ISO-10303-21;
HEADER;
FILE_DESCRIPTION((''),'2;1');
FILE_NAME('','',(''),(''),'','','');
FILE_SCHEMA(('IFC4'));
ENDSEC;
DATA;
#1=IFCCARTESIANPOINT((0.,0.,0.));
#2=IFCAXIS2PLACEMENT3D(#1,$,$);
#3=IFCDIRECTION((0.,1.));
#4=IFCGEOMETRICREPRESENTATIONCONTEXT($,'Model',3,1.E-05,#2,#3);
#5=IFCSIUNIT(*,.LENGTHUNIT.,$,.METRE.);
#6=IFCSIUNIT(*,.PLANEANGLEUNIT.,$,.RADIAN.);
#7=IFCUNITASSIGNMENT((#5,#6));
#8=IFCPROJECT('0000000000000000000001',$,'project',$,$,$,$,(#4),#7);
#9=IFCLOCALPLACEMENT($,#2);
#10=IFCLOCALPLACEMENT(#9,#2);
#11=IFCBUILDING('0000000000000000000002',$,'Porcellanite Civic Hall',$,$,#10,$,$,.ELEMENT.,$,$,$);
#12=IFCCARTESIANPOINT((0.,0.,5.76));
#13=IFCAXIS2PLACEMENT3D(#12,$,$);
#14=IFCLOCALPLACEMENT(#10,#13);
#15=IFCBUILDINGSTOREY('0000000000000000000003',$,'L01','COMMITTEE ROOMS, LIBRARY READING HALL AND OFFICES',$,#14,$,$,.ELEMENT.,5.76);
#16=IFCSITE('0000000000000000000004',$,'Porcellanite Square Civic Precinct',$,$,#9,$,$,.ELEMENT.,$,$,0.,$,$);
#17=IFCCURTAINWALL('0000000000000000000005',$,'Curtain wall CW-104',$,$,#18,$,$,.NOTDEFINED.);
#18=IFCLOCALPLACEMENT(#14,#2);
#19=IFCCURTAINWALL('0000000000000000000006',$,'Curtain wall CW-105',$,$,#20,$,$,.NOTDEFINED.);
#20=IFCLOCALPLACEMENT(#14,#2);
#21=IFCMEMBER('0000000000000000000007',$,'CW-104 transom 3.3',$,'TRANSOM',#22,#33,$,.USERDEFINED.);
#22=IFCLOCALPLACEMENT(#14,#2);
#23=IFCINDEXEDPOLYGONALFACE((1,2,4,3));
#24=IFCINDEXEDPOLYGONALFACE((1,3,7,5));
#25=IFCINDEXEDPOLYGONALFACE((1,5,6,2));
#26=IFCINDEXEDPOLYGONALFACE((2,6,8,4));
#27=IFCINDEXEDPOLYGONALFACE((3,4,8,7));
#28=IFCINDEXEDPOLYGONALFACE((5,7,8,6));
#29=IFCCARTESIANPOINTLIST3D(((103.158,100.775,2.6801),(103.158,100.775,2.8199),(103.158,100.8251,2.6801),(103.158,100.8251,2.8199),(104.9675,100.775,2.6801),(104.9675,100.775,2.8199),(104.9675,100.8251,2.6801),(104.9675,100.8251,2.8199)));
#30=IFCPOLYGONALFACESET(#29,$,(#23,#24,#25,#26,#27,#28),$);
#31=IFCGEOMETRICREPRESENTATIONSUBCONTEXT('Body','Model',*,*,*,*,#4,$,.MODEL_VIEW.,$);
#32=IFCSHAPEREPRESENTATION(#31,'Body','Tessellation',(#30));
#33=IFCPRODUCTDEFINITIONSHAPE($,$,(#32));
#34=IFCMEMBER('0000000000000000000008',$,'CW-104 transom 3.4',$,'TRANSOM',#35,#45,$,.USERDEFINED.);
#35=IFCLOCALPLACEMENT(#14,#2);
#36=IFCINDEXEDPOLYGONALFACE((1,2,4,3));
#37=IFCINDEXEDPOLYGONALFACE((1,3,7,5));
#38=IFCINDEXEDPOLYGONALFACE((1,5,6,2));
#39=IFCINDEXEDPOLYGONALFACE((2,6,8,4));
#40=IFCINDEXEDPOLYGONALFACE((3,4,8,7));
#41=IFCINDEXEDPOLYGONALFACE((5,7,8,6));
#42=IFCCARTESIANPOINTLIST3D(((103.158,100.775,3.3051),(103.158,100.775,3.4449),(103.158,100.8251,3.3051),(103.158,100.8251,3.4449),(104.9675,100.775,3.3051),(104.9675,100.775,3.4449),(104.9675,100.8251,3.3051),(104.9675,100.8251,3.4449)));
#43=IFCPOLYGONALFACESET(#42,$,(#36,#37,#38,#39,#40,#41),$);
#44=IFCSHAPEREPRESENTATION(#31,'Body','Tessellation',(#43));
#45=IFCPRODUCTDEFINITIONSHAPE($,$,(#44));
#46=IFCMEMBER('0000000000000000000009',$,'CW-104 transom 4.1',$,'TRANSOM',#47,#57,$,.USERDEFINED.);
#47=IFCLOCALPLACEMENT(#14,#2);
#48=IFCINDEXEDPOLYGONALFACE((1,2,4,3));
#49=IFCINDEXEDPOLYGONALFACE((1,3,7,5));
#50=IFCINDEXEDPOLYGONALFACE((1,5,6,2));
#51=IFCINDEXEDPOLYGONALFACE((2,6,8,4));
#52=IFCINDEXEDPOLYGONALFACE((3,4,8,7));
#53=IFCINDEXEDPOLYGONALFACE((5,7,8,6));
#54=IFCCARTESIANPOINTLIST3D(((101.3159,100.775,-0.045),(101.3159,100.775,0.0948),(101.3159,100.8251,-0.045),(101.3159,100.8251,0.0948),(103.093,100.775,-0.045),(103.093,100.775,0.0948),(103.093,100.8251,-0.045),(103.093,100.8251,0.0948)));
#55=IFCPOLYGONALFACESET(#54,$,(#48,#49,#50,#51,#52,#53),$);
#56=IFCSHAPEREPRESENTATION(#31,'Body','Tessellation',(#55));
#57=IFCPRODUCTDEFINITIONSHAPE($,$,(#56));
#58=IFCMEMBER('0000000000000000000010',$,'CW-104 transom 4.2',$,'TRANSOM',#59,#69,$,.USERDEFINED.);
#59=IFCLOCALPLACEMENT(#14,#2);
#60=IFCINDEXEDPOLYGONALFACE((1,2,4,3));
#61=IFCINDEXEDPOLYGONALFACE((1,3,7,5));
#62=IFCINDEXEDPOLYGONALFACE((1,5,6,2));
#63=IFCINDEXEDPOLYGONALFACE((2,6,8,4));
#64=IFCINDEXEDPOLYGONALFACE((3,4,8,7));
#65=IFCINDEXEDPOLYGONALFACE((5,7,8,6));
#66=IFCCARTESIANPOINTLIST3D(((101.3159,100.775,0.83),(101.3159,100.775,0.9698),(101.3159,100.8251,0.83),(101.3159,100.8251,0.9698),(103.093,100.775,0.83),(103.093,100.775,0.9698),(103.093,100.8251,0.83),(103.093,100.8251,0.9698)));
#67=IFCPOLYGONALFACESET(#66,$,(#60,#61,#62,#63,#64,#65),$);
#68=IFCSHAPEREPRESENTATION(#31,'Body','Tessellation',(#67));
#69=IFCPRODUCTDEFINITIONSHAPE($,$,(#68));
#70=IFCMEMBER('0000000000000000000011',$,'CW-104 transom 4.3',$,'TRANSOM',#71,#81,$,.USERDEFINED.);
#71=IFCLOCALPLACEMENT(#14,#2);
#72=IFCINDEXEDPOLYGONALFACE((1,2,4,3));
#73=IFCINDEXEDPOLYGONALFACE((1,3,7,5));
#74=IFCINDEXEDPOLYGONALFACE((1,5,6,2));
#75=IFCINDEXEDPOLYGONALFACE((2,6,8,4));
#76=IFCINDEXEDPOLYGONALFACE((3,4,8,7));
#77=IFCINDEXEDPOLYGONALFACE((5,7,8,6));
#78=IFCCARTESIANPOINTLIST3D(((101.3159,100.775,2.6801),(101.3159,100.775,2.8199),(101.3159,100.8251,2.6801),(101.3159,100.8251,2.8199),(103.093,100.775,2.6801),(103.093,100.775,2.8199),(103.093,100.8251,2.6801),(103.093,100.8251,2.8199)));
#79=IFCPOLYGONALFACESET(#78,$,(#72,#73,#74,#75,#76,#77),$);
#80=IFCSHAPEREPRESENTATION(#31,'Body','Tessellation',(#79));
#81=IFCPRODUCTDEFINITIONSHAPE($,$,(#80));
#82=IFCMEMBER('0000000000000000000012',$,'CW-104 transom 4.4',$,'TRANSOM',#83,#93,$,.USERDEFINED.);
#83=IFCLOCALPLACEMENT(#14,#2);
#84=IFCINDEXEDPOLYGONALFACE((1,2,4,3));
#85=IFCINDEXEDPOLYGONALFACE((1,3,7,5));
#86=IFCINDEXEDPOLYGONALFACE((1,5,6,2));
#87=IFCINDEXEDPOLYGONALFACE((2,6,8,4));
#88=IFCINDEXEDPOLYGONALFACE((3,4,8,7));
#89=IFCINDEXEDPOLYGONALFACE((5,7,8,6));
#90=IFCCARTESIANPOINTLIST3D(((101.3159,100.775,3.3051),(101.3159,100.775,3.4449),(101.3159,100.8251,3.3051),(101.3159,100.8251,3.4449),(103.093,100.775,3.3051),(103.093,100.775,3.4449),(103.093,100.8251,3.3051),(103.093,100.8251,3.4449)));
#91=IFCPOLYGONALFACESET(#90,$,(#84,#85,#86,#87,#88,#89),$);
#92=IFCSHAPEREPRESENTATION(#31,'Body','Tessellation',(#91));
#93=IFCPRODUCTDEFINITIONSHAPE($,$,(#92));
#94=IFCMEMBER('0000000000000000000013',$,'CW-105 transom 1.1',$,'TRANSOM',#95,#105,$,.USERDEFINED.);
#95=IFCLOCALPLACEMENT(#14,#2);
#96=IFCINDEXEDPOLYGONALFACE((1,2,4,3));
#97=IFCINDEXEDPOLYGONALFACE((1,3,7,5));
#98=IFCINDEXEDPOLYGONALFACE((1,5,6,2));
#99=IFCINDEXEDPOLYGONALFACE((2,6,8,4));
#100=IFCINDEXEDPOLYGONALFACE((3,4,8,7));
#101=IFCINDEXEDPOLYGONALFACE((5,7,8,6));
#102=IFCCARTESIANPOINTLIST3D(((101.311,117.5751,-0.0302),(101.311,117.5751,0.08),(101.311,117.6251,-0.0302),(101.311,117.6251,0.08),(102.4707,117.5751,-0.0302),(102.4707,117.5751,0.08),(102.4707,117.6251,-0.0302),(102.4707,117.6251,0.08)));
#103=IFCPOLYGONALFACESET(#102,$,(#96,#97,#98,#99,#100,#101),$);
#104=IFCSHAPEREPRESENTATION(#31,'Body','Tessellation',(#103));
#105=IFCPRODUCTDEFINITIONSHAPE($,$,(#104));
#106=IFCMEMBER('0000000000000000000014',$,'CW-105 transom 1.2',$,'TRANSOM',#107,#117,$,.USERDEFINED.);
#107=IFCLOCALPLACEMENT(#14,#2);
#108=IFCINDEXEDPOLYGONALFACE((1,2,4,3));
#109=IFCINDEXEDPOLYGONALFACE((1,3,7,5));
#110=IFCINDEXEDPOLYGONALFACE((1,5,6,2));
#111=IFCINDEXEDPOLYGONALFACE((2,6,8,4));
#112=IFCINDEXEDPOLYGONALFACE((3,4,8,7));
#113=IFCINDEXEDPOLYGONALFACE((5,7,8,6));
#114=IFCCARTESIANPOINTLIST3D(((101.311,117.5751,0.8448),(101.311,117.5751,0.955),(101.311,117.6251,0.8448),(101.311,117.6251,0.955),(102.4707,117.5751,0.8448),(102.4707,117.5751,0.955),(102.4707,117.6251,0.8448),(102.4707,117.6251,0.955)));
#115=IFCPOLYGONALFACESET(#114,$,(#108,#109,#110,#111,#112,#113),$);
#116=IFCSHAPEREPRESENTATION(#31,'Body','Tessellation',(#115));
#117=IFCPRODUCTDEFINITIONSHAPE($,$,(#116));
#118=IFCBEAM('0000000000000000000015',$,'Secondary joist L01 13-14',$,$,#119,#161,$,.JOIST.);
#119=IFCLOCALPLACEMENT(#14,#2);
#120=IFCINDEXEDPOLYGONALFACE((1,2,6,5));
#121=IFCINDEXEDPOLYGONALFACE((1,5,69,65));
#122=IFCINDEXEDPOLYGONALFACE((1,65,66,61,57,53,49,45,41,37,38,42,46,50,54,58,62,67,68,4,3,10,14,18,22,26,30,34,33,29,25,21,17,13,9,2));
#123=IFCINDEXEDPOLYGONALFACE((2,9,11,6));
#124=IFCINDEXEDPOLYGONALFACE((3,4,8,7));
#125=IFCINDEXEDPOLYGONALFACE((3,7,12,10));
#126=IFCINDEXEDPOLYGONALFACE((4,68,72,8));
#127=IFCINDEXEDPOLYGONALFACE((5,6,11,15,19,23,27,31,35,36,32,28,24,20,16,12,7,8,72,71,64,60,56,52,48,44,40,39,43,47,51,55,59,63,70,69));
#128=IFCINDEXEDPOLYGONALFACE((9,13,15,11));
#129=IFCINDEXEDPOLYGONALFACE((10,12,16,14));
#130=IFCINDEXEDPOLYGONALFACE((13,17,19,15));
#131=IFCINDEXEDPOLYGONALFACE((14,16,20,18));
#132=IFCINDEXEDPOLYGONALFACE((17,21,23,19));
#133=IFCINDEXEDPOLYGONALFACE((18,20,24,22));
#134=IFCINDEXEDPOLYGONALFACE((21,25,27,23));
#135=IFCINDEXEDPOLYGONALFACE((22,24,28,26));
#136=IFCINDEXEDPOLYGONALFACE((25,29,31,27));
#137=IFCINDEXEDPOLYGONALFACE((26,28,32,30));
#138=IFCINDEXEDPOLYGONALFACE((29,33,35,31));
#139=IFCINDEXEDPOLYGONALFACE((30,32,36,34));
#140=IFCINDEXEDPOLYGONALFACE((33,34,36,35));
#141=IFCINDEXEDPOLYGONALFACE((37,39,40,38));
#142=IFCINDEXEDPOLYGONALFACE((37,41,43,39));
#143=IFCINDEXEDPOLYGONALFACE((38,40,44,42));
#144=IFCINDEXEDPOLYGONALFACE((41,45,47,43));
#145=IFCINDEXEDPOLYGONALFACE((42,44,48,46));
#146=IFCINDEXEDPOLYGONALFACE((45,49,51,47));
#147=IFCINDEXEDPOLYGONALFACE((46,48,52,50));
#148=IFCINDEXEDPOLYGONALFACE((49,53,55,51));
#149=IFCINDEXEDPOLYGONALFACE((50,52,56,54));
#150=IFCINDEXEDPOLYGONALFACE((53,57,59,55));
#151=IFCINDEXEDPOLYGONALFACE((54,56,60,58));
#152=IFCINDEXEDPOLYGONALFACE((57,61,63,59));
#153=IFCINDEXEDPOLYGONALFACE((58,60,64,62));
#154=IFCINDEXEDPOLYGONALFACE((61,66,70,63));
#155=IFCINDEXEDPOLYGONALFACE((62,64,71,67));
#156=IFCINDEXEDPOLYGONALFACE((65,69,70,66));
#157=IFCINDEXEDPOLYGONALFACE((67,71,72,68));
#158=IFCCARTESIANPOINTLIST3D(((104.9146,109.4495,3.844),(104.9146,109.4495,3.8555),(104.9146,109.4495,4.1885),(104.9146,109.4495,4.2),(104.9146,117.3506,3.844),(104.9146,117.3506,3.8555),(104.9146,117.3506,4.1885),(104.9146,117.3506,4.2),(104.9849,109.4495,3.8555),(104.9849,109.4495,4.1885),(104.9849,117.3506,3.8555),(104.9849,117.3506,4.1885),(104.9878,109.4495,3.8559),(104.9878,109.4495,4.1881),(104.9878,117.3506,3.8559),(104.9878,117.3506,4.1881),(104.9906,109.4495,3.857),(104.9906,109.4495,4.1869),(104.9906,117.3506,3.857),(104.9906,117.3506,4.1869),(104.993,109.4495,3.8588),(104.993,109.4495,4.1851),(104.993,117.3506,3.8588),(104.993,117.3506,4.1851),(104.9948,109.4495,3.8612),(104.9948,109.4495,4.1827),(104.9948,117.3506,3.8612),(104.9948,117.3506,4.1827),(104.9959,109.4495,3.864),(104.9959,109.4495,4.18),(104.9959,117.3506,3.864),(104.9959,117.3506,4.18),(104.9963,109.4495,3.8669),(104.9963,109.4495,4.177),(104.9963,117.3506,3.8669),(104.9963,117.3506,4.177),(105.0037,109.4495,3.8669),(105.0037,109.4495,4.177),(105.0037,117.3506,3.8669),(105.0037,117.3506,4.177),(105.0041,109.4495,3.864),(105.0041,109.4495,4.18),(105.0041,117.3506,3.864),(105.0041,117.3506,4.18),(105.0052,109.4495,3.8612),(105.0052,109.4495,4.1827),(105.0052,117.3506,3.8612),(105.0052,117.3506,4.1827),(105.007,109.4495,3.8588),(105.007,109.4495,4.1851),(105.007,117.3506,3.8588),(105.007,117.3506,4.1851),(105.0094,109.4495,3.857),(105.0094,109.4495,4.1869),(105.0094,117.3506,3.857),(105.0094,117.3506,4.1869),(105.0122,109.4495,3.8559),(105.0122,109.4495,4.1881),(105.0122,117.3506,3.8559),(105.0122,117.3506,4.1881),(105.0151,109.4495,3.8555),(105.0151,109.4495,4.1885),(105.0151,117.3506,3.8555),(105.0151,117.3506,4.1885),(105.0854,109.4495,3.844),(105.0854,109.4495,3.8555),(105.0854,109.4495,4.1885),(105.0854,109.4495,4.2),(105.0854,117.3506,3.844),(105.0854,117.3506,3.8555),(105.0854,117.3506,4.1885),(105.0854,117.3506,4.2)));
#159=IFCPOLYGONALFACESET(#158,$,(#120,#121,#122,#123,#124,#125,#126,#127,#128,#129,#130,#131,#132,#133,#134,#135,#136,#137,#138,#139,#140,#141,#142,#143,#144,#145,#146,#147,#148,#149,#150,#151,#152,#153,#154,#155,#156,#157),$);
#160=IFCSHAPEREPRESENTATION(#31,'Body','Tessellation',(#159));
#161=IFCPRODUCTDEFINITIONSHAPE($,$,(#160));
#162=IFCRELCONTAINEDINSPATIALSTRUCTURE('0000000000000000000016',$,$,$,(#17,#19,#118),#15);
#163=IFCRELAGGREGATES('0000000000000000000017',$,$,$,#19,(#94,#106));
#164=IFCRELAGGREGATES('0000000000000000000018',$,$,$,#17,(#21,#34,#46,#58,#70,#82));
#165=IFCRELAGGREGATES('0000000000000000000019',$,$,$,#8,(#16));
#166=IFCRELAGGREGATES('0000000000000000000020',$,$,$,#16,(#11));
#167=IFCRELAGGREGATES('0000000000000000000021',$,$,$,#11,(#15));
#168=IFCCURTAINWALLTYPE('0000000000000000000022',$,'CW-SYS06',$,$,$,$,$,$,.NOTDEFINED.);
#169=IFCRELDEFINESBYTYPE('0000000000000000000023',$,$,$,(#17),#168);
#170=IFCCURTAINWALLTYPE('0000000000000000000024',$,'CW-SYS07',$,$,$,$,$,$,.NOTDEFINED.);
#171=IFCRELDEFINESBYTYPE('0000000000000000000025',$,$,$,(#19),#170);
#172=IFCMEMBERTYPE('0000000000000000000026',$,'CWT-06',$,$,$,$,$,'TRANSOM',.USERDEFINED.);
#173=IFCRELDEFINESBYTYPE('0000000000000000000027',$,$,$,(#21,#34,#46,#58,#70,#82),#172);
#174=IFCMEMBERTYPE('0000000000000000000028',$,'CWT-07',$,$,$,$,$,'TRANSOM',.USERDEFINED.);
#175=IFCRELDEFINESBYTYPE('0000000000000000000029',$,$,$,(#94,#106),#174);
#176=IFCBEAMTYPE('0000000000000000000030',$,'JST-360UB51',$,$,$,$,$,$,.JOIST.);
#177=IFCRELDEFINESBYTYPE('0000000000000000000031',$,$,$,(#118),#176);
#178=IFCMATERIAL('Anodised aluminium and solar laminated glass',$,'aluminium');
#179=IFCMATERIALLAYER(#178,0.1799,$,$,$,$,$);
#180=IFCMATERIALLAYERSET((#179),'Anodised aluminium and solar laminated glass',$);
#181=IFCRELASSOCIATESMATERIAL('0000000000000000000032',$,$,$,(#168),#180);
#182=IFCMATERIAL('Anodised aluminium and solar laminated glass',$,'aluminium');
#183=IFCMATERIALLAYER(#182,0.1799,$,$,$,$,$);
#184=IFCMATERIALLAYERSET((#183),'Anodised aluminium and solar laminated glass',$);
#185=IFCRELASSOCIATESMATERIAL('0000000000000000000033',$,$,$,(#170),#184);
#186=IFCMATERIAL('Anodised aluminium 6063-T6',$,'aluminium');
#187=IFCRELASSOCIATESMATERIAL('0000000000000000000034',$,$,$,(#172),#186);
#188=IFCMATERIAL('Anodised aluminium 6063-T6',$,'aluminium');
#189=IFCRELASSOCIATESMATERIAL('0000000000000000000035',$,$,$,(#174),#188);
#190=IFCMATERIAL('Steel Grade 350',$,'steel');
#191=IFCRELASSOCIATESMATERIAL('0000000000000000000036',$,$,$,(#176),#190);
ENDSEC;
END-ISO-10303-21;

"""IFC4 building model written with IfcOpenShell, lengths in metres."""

from ifc_helpers import new_model, si_unit, direction, frame, origin, origin_2d, place, context, subcontext, project, spatial, rectangle, i_section, extrude, material, layer, layer_set, material_profile, profile_set, type_object, element, aggregate, save


model = new_model("IFC4")

# Units and contexts
model_context = context("Model", 3, precision=1e-05, world=origin(), true_north=direction((0.0, 1.0)))
body_context = subcontext(model_context, "Body", "Model", "MODEL_VIEW")
ifc_project = project(units=[si_unit("LENGTHUNIT", "METRE"), si_unit("PLANEANGLEUNIT", "RADIAN")], contexts=[model_context])

# Site, building, storey
site_placement = place(None, origin())
site = spatial("IfcSite", under=ifc_project, at=site_placement, Name="Porcellanite Square Civic Precinct", CompositionType="ELEMENT", RefElevation=0.0)
building_placement = place(site_placement, origin())
building = spatial("IfcBuilding", under=site, at=building_placement, Name="Porcellanite Civic Hall", CompositionType="ELEMENT")
storey_placement = place(building_placement, frame((0.0, 0.0, 5.76)))
storey = spatial("IfcBuildingStorey", under=building, at=storey_placement, Name="L01", Description="COMMITTEE ROOMS, LIBRARY READING HALL AND OFFICES", CompositionType="ELEMENT", Elevation=5.76)

# Curtain wall
ifc_material_1 = material(Name="Anodised aluminium and solar laminated glass", Category="aluminium")
ifc_layer_1 = layer(ifc_material_1, 0.1799)
ifc_layer_set_1 = layer_set([ifc_layer_1], Name="Anodised aluminium and solar laminated glass")
curtain_wall_type_1 = type_object("IfcCurtainWallType", Name="CW-SYS06", PredefinedType="NOTDEFINED", material=ifc_layer_set_1)
curtain_wall_1_placement = place(storey_placement, origin())
curtain_wall_1 = element("IfcCurtainWall", 1, at=curtain_wall_1_placement, inside=storey, type_object=curtain_wall_type_1, Name="Curtain wall CW-104", PredefinedType="NOTDEFINED")

# Curtain wall
ifc_material_2 = material(Name="Anodised aluminium and solar laminated glass", Category="aluminium")
ifc_layer_2 = layer(ifc_material_2, 0.1799)
ifc_layer_set_2 = layer_set([ifc_layer_2], Name="Anodised aluminium and solar laminated glass")
curtain_wall_type_2 = type_object("IfcCurtainWallType", Name="CW-SYS07", PredefinedType="NOTDEFINED", material=ifc_layer_set_2)
curtain_wall_2_placement = place(storey_placement, origin())
curtain_wall_2 = element("IfcCurtainWall", 2, at=curtain_wall_2_placement, inside=storey, type_object=curtain_wall_type_2, Name="Curtain wall CW-105", PredefinedType="NOTDEFINED")

# Members
ifc_material_3 = material(Name="Anodised aluminium 6063-T6", Category="aluminium")
ifc_material_profile_1 = material_profile(ifc_material_3, rectangle(XDim=0.05, YDim=0.1399, at=origin_2d()), Name="AL-50x140")
ifc_profile_set_1 = profile_set([ifc_material_profile_1], Name="Anodised aluminium 6063-T6")
member_type_1 = type_object("IfcMemberType", Name="CWT-06", ElementType="TRANSOM", PredefinedType="USERDEFINED", material=ifc_profile_set_1)
member_1_placement = place(storey_placement, frame((104.9675, 100.8, 2.75), z_axis=(-1.0, 0.0, 0.0), x_axis=(0.0, -1.0, 0.0)))
member_1 = element("IfcMember", 3, at=member_1_placement, type_object=member_type_1, Name="CW-104 transom 3.3", ObjectType="TRANSOM", PredefinedType="USERDEFINED", context=body_context, shape_type="SweptSolid", body=[
    extrude(rectangle(XDim=0.05, YDim=0.1399, at=origin_2d()), origin(), (0.0, 0.0, 1.0), 1.8096),
])
member_2_placement = place(storey_placement, frame((104.9675, 100.8, 3.375), z_axis=(-1.0, 0.0, 0.0), x_axis=(0.0, -1.0, 0.0)))
member_2 = element("IfcMember", 4, at=member_2_placement, type_object=member_type_1, Name="CW-104 transom 3.4", ObjectType="TRANSOM", PredefinedType="USERDEFINED", context=body_context, shape_type="SweptSolid", body=[
    extrude(rectangle(XDim=0.05, YDim=0.1399, at=origin_2d()), origin(), (0.0, 0.0, 1.0), 1.8096),
])
member_3_placement = place(storey_placement, frame((103.093, 100.8, 0.0249), z_axis=(-1.0, 0.0, 0.0), x_axis=(0.0, -1.0, 0.0)))
member_3 = element("IfcMember", 5, at=member_3_placement, type_object=member_type_1, Name="CW-104 transom 4.1", ObjectType="TRANSOM", PredefinedType="USERDEFINED", context=body_context, shape_type="SweptSolid", body=[
    extrude(rectangle(XDim=0.05, YDim=0.1399, at=origin_2d()), origin(), (0.0, 0.0, 1.0), 1.7771),
])
member_4_placement = place(storey_placement, frame((103.093, 100.8, 0.8999), z_axis=(-1.0, 0.0, 0.0), x_axis=(0.0, -1.0, 0.0)))
member_4 = element("IfcMember", 6, at=member_4_placement, type_object=member_type_1, Name="CW-104 transom 4.2", ObjectType="TRANSOM", PredefinedType="USERDEFINED", context=body_context, shape_type="SweptSolid", body=[
    extrude(rectangle(XDim=0.05, YDim=0.1399, at=origin_2d()), origin(), (0.0, 0.0, 1.0), 1.7771),
])
member_5_placement = place(storey_placement, frame((103.093, 100.8, 2.75), z_axis=(-1.0, 0.0, 0.0), x_axis=(0.0, -1.0, 0.0)))
member_5 = element("IfcMember", 7, at=member_5_placement, type_object=member_type_1, Name="CW-104 transom 4.3", ObjectType="TRANSOM", PredefinedType="USERDEFINED", context=body_context, shape_type="SweptSolid", body=[
    extrude(rectangle(XDim=0.05, YDim=0.1399, at=origin_2d()), origin(), (0.0, 0.0, 1.0), 1.7771),
])
member_6_placement = place(storey_placement, frame((103.093, 100.8, 3.375), z_axis=(-1.0, 0.0, 0.0), x_axis=(0.0, -1.0, 0.0)))
member_6 = element("IfcMember", 8, at=member_6_placement, type_object=member_type_1, Name="CW-104 transom 4.4", ObjectType="TRANSOM", PredefinedType="USERDEFINED", context=body_context, shape_type="SweptSolid", body=[
    extrude(rectangle(XDim=0.05, YDim=0.1399, at=origin_2d()), origin(), (0.0, 0.0, 1.0), 1.7771),
])
ifc_material_4 = material(Name="Anodised aluminium 6063-T6", Category="aluminium")
ifc_material_profile_2 = material_profile(ifc_material_4, rectangle(XDim=0.05, YDim=0.1101, at=origin_2d()), Name="AL-50x110")
ifc_profile_set_2 = profile_set([ifc_material_profile_2], Name="Anodised aluminium 6063-T6")
member_type_2 = type_object("IfcMemberType", Name="CWT-07", ElementType="TRANSOM", PredefinedType="USERDEFINED", material=ifc_profile_set_2)
member_7_placement = place(storey_placement, frame((101.311, 117.6001, 0.0249), z_axis=(1.0, 0.0, 0.0), x_axis=(0.0, 1.0, 0.0)))
member_7 = element("IfcMember", 9, at=member_7_placement, type_object=member_type_2, Name="CW-105 transom 1.1", ObjectType="TRANSOM", PredefinedType="USERDEFINED", context=body_context, shape_type="SweptSolid", body=[
    extrude(rectangle(XDim=0.05, YDim=0.1101, at=origin_2d()), origin(), (0.0, 0.0, 1.0), 1.1597),
])
member_8_placement = place(storey_placement, frame((101.311, 117.6001, 0.8999), z_axis=(1.0, 0.0, 0.0), x_axis=(0.0, 1.0, 0.0)))
member_8 = element("IfcMember", 10, at=member_8_placement, type_object=member_type_2, Name="CW-105 transom 1.2", ObjectType="TRANSOM", PredefinedType="USERDEFINED", context=body_context, shape_type="SweptSolid", body=[
    extrude(rectangle(XDim=0.05, YDim=0.1101, at=origin_2d()), origin(), (0.0, 0.0, 1.0), 1.1597),
])
aggregate(curtain_wall_2, [member_7, member_8])

# Beam
ifc_material_5 = material(Name="Steel Grade 350", Category="steel")
ifc_material_profile_3 = material_profile(ifc_material_5, i_section(OverallWidth=0.1709, OverallDepth=0.356, WebThickness=0.0073, FlangeThickness=0.0115, FilletRadius=0.0115, at=origin_2d()), Name="360UB50.7")
ifc_profile_set_3 = profile_set([ifc_material_profile_3], Name="Steel Grade 350")
beam_type_1 = type_object("IfcBeamType", Name="JST-360UB51", PredefinedType="JOIST", material=ifc_profile_set_3)
beam_1_placement = place(storey_placement, frame((105.0, 109.4495, 4.022), z_axis=(0.0, 1.0, 0.0), x_axis=(-1.0, 0.0, 0.0)))
element("IfcBeam", 11, at=beam_1_placement, inside=storey, type_object=beam_type_1, Name="Secondary joist L01 13-14", PredefinedType="JOIST", context=body_context, shape_type="SweptSolid", body=[
    extrude(i_section(OverallWidth=0.1709, OverallDepth=0.356, WebThickness=0.0073, FlangeThickness=0.0115, FilletRadius=0.0115, at=origin_2d()), origin(), (0.0, 0.0, 1.0), 7.9011),
])

aggregate(curtain_wall_1, [member_1, member_2, member_3, member_4, member_5, member_6])

save(model, "model.ifc")
